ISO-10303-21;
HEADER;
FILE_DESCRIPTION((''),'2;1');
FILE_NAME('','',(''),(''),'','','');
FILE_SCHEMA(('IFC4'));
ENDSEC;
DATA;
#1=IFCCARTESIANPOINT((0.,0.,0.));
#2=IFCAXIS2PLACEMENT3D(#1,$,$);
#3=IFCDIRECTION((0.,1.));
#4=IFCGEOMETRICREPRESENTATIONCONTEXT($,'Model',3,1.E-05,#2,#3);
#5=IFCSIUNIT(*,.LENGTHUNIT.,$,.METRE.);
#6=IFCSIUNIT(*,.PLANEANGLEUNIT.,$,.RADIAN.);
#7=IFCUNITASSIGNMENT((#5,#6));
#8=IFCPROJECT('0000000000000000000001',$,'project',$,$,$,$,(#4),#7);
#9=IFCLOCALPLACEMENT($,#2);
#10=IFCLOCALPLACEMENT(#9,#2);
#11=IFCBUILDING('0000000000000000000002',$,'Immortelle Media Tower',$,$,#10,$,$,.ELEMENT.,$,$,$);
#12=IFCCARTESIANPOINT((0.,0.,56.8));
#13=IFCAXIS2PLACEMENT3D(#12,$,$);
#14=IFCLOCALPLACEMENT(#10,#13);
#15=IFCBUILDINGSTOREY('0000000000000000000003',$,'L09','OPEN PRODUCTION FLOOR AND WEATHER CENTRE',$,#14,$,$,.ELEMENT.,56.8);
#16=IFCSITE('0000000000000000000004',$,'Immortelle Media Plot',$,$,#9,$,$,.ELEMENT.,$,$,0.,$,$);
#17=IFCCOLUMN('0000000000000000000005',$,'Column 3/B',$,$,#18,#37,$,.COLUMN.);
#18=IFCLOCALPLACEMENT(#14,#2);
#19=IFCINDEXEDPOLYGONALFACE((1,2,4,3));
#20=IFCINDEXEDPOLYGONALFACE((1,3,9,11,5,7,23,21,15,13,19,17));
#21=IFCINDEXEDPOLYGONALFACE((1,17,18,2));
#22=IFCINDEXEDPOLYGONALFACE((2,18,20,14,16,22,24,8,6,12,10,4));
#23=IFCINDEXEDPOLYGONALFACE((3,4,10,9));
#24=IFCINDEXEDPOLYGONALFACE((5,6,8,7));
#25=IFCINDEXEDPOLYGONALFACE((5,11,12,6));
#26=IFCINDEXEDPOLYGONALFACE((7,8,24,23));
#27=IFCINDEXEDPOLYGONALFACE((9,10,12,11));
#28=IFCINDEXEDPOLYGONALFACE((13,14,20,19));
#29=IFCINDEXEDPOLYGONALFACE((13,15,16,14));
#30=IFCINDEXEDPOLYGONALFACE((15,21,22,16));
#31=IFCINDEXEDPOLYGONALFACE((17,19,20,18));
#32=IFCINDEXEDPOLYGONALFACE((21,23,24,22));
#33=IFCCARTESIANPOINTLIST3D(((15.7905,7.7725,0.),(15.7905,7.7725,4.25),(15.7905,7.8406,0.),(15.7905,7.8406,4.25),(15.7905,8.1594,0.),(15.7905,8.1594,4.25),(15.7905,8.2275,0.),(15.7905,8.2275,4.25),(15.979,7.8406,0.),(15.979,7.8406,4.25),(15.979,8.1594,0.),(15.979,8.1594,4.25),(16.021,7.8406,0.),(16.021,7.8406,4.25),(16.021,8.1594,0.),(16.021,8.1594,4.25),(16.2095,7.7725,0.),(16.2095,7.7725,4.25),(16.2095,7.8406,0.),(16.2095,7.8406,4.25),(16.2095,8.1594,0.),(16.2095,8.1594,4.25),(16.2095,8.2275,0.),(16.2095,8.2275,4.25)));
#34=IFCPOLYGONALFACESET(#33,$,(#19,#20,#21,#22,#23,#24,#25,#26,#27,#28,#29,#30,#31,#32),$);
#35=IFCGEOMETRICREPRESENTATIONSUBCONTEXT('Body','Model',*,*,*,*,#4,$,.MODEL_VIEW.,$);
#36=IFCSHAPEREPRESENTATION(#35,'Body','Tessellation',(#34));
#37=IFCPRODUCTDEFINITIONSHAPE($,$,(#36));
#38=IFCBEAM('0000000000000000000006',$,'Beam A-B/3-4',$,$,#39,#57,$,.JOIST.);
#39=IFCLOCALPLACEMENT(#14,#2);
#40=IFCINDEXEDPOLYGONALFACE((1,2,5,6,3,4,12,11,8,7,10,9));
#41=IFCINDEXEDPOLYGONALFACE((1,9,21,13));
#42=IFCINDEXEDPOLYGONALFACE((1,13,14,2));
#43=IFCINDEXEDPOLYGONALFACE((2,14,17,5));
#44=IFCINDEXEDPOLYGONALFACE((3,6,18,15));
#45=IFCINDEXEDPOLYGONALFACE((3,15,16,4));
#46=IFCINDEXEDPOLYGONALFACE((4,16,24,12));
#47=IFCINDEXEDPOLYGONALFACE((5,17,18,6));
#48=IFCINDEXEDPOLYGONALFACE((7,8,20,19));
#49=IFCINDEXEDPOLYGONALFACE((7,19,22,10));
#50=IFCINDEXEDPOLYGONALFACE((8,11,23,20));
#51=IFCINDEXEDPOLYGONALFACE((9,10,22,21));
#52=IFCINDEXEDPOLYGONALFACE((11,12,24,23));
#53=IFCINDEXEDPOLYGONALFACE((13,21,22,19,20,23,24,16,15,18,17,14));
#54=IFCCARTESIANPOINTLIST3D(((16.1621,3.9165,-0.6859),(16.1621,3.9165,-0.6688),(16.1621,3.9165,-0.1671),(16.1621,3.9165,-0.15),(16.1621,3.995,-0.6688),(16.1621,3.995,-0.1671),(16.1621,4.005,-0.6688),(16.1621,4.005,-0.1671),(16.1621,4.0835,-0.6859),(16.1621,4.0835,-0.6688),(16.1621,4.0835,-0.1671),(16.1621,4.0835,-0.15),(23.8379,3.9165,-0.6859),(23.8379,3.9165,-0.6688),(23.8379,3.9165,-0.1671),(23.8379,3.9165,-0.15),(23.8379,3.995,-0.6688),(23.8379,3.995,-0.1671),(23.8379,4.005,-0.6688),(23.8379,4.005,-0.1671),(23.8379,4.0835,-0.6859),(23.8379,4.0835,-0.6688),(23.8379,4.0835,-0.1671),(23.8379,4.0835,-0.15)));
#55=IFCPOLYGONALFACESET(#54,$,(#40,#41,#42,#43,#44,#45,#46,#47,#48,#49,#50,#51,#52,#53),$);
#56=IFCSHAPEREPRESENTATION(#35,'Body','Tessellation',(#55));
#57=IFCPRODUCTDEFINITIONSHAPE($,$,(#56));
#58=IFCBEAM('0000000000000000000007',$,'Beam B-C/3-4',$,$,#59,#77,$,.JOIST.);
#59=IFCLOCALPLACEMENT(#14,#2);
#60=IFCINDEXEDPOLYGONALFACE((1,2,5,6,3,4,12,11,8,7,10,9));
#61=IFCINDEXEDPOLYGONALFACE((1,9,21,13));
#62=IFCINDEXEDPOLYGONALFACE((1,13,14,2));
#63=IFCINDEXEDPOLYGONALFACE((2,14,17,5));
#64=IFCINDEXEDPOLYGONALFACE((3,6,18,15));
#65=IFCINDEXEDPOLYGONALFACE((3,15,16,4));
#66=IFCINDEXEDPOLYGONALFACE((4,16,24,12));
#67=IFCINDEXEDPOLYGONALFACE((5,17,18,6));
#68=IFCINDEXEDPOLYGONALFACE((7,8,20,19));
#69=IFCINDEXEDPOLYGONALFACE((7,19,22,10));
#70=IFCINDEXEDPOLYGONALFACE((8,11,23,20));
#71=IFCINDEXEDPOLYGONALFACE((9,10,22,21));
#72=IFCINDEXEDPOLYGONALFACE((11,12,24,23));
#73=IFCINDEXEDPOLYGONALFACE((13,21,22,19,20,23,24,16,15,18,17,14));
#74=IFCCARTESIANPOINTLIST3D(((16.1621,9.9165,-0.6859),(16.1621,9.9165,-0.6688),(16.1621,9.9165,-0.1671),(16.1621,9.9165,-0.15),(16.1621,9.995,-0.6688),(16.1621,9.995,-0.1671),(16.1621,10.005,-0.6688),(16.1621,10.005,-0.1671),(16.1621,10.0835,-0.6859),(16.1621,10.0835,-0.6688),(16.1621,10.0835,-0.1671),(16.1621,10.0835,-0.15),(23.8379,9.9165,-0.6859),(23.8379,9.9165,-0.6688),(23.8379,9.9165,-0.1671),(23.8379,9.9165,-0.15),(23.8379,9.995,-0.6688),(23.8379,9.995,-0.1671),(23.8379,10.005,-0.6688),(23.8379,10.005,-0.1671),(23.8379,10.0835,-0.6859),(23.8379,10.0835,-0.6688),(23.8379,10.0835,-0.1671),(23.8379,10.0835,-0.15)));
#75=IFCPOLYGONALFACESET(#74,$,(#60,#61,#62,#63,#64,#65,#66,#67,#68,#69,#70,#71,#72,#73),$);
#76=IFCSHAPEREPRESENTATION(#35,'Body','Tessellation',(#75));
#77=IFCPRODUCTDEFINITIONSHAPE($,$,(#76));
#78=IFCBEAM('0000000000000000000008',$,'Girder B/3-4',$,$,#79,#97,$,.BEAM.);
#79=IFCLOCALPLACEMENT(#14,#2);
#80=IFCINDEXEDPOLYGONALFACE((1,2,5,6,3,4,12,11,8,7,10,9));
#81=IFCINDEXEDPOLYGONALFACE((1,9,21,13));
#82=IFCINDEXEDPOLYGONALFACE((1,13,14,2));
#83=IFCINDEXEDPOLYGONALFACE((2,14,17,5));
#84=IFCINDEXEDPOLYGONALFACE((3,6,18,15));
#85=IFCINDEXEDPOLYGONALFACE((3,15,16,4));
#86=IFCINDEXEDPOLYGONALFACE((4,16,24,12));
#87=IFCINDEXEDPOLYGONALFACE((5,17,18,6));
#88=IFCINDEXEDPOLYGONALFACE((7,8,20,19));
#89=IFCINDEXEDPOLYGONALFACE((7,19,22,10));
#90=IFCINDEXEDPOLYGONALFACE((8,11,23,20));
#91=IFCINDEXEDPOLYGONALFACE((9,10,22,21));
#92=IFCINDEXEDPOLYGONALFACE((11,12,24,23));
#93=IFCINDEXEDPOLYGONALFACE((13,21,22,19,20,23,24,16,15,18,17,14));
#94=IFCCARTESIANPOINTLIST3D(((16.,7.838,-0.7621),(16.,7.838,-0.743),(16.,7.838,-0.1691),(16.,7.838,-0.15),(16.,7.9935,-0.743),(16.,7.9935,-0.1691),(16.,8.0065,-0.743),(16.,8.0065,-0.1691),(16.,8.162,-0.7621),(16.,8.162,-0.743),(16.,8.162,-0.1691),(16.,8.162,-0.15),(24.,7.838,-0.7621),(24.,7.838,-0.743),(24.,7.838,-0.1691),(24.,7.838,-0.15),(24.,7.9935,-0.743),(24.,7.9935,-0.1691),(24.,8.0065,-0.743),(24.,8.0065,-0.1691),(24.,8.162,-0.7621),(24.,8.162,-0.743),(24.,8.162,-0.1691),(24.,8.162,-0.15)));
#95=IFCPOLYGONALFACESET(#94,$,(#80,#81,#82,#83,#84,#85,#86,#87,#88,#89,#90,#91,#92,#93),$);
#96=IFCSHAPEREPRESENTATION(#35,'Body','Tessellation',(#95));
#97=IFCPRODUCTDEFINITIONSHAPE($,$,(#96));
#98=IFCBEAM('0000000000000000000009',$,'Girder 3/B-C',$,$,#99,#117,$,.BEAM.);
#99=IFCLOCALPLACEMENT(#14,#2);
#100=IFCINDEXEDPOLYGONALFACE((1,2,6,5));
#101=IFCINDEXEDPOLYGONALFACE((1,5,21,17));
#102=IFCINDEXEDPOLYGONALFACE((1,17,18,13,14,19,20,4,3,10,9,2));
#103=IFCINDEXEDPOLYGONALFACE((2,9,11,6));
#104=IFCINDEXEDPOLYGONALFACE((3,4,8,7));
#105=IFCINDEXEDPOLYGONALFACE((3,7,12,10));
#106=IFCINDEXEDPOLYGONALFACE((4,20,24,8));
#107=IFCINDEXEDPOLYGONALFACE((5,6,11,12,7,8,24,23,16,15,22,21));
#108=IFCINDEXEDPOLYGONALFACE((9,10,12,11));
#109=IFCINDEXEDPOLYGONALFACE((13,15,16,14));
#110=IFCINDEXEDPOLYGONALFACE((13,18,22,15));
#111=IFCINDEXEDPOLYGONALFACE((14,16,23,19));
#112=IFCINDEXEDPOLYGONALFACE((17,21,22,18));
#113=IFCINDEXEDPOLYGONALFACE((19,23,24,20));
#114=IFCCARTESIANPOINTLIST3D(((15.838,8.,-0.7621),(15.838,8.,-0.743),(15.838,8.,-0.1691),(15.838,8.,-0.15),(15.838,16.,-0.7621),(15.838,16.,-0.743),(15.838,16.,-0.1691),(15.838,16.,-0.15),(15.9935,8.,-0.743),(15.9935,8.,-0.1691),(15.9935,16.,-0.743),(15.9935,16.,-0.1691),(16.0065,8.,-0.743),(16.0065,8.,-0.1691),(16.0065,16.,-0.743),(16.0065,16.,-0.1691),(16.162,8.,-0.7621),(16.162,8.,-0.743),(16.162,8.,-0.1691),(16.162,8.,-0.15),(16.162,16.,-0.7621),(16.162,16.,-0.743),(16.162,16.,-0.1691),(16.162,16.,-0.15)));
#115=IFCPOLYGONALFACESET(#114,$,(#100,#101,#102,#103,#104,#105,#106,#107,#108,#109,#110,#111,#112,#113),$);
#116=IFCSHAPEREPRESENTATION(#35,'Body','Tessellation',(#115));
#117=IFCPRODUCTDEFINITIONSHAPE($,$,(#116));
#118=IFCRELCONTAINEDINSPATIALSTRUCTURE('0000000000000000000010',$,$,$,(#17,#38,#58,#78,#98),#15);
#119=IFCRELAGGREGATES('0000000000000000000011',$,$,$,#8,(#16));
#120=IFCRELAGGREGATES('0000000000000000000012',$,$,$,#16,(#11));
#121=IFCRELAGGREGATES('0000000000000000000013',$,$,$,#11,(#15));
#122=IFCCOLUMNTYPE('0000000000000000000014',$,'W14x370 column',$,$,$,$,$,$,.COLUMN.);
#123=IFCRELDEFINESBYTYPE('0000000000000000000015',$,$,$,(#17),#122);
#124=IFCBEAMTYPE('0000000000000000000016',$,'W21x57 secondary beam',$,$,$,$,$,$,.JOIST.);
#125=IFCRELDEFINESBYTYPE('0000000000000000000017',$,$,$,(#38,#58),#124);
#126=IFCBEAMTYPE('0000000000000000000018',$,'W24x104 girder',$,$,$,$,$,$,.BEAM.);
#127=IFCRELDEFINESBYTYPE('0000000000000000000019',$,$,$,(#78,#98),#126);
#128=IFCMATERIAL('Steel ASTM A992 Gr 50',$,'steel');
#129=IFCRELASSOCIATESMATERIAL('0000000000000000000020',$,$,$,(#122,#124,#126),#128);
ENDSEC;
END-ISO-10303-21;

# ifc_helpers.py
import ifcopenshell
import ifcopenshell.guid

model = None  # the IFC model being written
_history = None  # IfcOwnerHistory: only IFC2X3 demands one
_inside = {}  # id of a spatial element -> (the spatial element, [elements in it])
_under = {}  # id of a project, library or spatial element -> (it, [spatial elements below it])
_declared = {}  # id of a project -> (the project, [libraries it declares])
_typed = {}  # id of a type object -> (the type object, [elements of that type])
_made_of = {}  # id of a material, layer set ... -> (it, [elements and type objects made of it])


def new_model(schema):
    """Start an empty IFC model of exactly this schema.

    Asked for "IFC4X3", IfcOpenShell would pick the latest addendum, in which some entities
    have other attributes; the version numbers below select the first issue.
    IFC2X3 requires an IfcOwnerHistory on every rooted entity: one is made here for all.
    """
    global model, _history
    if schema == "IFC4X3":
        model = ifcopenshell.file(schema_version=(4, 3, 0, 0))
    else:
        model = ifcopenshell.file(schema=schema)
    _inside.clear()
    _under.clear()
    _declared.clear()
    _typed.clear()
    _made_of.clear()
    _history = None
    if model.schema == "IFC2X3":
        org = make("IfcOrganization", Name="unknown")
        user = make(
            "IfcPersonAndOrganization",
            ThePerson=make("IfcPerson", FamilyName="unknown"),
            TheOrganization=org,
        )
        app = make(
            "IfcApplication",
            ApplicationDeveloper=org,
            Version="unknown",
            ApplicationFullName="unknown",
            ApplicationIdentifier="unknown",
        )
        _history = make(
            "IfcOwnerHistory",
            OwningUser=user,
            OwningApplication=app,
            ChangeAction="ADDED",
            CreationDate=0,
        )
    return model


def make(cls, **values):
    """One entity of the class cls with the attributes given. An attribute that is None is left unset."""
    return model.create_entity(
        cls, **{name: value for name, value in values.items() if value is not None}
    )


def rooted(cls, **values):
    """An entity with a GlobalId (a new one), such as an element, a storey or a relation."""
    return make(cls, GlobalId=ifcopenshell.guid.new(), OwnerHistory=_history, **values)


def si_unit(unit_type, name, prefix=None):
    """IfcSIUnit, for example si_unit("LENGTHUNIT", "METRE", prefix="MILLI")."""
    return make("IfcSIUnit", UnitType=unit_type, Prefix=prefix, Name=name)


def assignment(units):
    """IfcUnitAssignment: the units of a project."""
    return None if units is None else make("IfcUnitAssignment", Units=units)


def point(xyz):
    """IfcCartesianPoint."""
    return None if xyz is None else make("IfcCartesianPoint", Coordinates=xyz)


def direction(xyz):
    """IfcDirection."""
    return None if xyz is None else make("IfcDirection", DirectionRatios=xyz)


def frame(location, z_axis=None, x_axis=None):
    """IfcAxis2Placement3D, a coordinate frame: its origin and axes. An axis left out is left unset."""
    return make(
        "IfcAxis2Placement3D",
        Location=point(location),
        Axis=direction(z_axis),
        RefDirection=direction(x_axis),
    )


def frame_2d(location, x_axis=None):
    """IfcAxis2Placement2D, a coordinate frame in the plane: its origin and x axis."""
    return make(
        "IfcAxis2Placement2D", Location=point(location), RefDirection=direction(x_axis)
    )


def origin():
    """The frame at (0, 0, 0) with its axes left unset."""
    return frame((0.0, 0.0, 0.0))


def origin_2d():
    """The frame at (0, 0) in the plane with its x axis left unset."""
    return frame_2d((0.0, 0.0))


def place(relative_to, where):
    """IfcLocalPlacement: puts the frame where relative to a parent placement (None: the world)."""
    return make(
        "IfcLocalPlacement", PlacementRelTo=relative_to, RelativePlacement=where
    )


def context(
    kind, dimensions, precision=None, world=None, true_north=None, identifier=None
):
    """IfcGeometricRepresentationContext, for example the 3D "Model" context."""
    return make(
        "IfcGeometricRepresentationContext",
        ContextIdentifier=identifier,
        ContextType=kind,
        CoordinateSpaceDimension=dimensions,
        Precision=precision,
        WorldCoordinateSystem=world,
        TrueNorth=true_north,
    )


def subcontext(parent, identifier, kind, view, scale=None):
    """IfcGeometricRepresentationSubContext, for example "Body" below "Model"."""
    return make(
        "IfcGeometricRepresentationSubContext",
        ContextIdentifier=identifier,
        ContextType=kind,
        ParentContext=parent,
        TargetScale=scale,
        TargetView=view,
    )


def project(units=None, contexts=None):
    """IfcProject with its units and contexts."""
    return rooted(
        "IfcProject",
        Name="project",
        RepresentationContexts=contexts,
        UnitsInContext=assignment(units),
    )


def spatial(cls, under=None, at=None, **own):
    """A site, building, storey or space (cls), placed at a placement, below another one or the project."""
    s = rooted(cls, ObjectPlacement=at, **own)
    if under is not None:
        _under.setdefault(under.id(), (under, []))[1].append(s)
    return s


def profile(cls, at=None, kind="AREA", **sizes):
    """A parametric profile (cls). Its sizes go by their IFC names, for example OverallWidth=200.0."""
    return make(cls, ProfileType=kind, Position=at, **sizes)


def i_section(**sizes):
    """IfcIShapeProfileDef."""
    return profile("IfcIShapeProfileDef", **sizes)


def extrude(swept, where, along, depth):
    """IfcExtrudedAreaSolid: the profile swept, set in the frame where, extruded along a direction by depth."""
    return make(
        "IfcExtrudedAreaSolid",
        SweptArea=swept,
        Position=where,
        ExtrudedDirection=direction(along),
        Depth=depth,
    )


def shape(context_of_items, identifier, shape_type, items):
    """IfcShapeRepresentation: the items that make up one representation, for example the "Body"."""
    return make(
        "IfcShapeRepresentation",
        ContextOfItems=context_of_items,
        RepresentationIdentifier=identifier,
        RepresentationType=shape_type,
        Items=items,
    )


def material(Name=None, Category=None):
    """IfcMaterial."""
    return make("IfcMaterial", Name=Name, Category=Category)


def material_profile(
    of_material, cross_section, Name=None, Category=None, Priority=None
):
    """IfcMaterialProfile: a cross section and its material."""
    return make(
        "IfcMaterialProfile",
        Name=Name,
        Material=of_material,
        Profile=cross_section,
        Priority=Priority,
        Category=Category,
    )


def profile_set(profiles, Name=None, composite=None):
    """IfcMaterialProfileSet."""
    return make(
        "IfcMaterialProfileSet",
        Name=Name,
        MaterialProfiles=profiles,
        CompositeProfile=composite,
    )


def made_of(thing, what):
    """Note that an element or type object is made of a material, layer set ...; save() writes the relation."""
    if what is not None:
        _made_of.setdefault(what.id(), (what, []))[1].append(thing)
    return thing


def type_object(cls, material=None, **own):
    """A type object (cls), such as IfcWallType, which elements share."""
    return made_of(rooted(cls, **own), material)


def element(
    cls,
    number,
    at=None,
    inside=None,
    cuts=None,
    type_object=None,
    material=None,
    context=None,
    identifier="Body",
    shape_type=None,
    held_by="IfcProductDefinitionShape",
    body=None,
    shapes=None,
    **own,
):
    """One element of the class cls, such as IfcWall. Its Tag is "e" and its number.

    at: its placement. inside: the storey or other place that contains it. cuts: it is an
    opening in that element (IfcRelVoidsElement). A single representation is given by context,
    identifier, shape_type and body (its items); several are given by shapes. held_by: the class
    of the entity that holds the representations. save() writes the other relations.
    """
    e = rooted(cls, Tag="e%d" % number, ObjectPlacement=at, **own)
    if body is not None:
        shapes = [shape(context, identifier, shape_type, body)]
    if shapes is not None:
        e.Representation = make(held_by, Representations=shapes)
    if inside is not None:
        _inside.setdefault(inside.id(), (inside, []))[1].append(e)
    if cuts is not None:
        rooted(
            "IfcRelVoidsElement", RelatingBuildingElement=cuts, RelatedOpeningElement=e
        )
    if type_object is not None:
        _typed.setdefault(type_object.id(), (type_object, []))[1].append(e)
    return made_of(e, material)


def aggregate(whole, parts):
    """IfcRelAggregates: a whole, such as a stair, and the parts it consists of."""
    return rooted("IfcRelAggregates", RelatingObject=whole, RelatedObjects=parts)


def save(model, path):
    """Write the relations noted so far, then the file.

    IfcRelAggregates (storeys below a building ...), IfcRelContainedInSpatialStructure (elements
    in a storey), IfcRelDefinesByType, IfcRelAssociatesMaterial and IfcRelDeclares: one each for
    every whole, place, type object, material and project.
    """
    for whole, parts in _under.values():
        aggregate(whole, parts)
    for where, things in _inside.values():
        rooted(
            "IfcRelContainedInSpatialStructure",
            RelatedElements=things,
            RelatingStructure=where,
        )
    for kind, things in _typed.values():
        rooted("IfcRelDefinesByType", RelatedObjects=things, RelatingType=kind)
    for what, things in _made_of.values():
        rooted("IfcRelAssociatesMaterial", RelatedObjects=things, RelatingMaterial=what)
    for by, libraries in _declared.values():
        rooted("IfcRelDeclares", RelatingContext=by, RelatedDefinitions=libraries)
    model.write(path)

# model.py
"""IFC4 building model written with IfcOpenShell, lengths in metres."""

from ifc_helpers import new_model, si_unit, direction, frame, origin, origin_2d, place, context, subcontext, project, spatial, i_section, extrude, material, material_profile, profile_set, type_object, element, save


model = new_model("IFC4")

# Units and contexts
model_context = context("Model", 3, precision=1e-05, world=origin(), true_north=direction((0.0, 1.0)))
body_context = subcontext(model_context, "Body", "Model", "MODEL_VIEW")
ifc_project = project(units=[si_unit("LENGTHUNIT", "METRE"), si_unit("PLANEANGLEUNIT", "RADIAN")], contexts=[model_context])

# Site, building, storey
site_placement = place(None, origin())
site = spatial("IfcSite", under=ifc_project, at=site_placement, Name="Immortelle Media Plot", CompositionType="ELEMENT", RefElevation=0.0)
building_placement = place(site_placement, origin())
building = spatial("IfcBuilding", under=site, at=building_placement, Name="Immortelle Media Tower", CompositionType="ELEMENT")
storey_placement = place(building_placement, frame((0.0, 0.0, 56.8)))
storey = spatial("IfcBuildingStorey", under=building, at=storey_placement, Name="L09", Description="OPEN PRODUCTION FLOOR AND WEATHER CENTRE", CompositionType="ELEMENT", Elevation=56.8)

# Column
ifc_material_1 = material(Name="Steel ASTM A992 Gr 50", Category="steel")
ifc_material_profile_1 = material_profile(ifc_material_1, i_section(OverallWidth=0.4189, OverallDepth=0.4551, WebThickness=0.042, FlangeThickness=0.0681, at=origin_2d()), Name="W14x370")
ifc_profile_set_1 = profile_set([ifc_material_profile_1], Name="Steel ASTM A992 Gr 50")
column_type = type_object("IfcColumnType", Name="W14x370 column", PredefinedType="COLUMN", material=ifc_profile_set_1)
column_placement = place(storey_placement, frame((16.0, 8.0, 0.0), z_axis=(0.0, 0.0, 1.0), x_axis=(1.0, 0.0, 0.0)))
element("IfcColumn", 1, at=column_placement, inside=storey, type_object=column_type, Name="Column 3/B", PredefinedType="COLUMN", context=body_context, shape_type="SweptSolid", body=[
    extrude(i_section(OverallWidth=0.4189, OverallDepth=0.4551, WebThickness=0.042, FlangeThickness=0.0681, at=origin_2d()), origin(), (0.0, 0.0, 1.0), 4.25),
])

# Beams
ifc_material_profile_2 = material_profile(ifc_material_1, i_section(OverallWidth=0.167, OverallDepth=0.5359, WebThickness=0.01, FlangeThickness=0.0171, at=origin_2d()), Name="W21x57")
ifc_profile_set_2 = profile_set([ifc_material_profile_2], Name="Steel ASTM A992 Gr 50")
beam_type_1 = type_object("IfcBeamType", Name="W21x57 secondary beam", PredefinedType="JOIST", material=ifc_profile_set_2)
for number, where, z_axis, x_axis, name in (
    (2, (16.1621, 4.0, -0.418), (1.0, 0.0, 0.0), (0.0, 1.0, 0.0), "Beam A-B/3-4"),
    (3, (16.1621, 10.0, -0.418), (1.0, 0.0, 0.0), (0.0, 1.0, 0.0), "Beam B-C/3-4"),
):
    element("IfcBeam", number, at=place(storey_placement, frame(where, z_axis=z_axis, x_axis=x_axis)), inside=storey, type_object=beam_type_1, Name=name, PredefinedType="JOIST", context=body_context, shape_type="SweptSolid", body=[
        extrude(i_section(OverallWidth=0.167, OverallDepth=0.5359, WebThickness=0.01, FlangeThickness=0.0171, at=origin_2d()), origin(), (0.0, 0.0, 1.0), 7.6758),
    ])
ifc_material_profile_3 = material_profile(ifc_material_1, i_section(OverallWidth=0.324, OverallDepth=0.6121, WebThickness=0.0129, FlangeThickness=0.019, at=origin_2d()), Name="W24x104")
ifc_profile_set_3 = profile_set([ifc_material_profile_3], Name="Steel ASTM A992 Gr 50")
beam_type_2 = type_object("IfcBeamType", Name="W24x104 girder", PredefinedType="BEAM", material=ifc_profile_set_3)
for number, where, z_axis, x_axis, name in (
    (4, (16.0, 8.0, -0.4561), (1.0, 0.0, 0.0), (0.0, 1.0, 0.0), "Girder B/3-4"),
    (5, (16.0, 8.0, -0.4561), (0.0, 1.0, 0.0), (-1.0, 0.0, 0.0), "Girder 3/B-C"),
):
    element("IfcBeam", number, at=place(storey_placement, frame(where, z_axis=z_axis, x_axis=x_axis)), inside=storey, type_object=beam_type_2, Name=name, PredefinedType="BEAM", context=body_context, shape_type="SweptSolid", body=[
        extrude(i_section(OverallWidth=0.324, OverallDepth=0.6121, WebThickness=0.0129, FlangeThickness=0.019, at=origin_2d()), origin(), (0.0, 0.0, 1.0), 8.0),
    ])

save(model, "model.ifc")
